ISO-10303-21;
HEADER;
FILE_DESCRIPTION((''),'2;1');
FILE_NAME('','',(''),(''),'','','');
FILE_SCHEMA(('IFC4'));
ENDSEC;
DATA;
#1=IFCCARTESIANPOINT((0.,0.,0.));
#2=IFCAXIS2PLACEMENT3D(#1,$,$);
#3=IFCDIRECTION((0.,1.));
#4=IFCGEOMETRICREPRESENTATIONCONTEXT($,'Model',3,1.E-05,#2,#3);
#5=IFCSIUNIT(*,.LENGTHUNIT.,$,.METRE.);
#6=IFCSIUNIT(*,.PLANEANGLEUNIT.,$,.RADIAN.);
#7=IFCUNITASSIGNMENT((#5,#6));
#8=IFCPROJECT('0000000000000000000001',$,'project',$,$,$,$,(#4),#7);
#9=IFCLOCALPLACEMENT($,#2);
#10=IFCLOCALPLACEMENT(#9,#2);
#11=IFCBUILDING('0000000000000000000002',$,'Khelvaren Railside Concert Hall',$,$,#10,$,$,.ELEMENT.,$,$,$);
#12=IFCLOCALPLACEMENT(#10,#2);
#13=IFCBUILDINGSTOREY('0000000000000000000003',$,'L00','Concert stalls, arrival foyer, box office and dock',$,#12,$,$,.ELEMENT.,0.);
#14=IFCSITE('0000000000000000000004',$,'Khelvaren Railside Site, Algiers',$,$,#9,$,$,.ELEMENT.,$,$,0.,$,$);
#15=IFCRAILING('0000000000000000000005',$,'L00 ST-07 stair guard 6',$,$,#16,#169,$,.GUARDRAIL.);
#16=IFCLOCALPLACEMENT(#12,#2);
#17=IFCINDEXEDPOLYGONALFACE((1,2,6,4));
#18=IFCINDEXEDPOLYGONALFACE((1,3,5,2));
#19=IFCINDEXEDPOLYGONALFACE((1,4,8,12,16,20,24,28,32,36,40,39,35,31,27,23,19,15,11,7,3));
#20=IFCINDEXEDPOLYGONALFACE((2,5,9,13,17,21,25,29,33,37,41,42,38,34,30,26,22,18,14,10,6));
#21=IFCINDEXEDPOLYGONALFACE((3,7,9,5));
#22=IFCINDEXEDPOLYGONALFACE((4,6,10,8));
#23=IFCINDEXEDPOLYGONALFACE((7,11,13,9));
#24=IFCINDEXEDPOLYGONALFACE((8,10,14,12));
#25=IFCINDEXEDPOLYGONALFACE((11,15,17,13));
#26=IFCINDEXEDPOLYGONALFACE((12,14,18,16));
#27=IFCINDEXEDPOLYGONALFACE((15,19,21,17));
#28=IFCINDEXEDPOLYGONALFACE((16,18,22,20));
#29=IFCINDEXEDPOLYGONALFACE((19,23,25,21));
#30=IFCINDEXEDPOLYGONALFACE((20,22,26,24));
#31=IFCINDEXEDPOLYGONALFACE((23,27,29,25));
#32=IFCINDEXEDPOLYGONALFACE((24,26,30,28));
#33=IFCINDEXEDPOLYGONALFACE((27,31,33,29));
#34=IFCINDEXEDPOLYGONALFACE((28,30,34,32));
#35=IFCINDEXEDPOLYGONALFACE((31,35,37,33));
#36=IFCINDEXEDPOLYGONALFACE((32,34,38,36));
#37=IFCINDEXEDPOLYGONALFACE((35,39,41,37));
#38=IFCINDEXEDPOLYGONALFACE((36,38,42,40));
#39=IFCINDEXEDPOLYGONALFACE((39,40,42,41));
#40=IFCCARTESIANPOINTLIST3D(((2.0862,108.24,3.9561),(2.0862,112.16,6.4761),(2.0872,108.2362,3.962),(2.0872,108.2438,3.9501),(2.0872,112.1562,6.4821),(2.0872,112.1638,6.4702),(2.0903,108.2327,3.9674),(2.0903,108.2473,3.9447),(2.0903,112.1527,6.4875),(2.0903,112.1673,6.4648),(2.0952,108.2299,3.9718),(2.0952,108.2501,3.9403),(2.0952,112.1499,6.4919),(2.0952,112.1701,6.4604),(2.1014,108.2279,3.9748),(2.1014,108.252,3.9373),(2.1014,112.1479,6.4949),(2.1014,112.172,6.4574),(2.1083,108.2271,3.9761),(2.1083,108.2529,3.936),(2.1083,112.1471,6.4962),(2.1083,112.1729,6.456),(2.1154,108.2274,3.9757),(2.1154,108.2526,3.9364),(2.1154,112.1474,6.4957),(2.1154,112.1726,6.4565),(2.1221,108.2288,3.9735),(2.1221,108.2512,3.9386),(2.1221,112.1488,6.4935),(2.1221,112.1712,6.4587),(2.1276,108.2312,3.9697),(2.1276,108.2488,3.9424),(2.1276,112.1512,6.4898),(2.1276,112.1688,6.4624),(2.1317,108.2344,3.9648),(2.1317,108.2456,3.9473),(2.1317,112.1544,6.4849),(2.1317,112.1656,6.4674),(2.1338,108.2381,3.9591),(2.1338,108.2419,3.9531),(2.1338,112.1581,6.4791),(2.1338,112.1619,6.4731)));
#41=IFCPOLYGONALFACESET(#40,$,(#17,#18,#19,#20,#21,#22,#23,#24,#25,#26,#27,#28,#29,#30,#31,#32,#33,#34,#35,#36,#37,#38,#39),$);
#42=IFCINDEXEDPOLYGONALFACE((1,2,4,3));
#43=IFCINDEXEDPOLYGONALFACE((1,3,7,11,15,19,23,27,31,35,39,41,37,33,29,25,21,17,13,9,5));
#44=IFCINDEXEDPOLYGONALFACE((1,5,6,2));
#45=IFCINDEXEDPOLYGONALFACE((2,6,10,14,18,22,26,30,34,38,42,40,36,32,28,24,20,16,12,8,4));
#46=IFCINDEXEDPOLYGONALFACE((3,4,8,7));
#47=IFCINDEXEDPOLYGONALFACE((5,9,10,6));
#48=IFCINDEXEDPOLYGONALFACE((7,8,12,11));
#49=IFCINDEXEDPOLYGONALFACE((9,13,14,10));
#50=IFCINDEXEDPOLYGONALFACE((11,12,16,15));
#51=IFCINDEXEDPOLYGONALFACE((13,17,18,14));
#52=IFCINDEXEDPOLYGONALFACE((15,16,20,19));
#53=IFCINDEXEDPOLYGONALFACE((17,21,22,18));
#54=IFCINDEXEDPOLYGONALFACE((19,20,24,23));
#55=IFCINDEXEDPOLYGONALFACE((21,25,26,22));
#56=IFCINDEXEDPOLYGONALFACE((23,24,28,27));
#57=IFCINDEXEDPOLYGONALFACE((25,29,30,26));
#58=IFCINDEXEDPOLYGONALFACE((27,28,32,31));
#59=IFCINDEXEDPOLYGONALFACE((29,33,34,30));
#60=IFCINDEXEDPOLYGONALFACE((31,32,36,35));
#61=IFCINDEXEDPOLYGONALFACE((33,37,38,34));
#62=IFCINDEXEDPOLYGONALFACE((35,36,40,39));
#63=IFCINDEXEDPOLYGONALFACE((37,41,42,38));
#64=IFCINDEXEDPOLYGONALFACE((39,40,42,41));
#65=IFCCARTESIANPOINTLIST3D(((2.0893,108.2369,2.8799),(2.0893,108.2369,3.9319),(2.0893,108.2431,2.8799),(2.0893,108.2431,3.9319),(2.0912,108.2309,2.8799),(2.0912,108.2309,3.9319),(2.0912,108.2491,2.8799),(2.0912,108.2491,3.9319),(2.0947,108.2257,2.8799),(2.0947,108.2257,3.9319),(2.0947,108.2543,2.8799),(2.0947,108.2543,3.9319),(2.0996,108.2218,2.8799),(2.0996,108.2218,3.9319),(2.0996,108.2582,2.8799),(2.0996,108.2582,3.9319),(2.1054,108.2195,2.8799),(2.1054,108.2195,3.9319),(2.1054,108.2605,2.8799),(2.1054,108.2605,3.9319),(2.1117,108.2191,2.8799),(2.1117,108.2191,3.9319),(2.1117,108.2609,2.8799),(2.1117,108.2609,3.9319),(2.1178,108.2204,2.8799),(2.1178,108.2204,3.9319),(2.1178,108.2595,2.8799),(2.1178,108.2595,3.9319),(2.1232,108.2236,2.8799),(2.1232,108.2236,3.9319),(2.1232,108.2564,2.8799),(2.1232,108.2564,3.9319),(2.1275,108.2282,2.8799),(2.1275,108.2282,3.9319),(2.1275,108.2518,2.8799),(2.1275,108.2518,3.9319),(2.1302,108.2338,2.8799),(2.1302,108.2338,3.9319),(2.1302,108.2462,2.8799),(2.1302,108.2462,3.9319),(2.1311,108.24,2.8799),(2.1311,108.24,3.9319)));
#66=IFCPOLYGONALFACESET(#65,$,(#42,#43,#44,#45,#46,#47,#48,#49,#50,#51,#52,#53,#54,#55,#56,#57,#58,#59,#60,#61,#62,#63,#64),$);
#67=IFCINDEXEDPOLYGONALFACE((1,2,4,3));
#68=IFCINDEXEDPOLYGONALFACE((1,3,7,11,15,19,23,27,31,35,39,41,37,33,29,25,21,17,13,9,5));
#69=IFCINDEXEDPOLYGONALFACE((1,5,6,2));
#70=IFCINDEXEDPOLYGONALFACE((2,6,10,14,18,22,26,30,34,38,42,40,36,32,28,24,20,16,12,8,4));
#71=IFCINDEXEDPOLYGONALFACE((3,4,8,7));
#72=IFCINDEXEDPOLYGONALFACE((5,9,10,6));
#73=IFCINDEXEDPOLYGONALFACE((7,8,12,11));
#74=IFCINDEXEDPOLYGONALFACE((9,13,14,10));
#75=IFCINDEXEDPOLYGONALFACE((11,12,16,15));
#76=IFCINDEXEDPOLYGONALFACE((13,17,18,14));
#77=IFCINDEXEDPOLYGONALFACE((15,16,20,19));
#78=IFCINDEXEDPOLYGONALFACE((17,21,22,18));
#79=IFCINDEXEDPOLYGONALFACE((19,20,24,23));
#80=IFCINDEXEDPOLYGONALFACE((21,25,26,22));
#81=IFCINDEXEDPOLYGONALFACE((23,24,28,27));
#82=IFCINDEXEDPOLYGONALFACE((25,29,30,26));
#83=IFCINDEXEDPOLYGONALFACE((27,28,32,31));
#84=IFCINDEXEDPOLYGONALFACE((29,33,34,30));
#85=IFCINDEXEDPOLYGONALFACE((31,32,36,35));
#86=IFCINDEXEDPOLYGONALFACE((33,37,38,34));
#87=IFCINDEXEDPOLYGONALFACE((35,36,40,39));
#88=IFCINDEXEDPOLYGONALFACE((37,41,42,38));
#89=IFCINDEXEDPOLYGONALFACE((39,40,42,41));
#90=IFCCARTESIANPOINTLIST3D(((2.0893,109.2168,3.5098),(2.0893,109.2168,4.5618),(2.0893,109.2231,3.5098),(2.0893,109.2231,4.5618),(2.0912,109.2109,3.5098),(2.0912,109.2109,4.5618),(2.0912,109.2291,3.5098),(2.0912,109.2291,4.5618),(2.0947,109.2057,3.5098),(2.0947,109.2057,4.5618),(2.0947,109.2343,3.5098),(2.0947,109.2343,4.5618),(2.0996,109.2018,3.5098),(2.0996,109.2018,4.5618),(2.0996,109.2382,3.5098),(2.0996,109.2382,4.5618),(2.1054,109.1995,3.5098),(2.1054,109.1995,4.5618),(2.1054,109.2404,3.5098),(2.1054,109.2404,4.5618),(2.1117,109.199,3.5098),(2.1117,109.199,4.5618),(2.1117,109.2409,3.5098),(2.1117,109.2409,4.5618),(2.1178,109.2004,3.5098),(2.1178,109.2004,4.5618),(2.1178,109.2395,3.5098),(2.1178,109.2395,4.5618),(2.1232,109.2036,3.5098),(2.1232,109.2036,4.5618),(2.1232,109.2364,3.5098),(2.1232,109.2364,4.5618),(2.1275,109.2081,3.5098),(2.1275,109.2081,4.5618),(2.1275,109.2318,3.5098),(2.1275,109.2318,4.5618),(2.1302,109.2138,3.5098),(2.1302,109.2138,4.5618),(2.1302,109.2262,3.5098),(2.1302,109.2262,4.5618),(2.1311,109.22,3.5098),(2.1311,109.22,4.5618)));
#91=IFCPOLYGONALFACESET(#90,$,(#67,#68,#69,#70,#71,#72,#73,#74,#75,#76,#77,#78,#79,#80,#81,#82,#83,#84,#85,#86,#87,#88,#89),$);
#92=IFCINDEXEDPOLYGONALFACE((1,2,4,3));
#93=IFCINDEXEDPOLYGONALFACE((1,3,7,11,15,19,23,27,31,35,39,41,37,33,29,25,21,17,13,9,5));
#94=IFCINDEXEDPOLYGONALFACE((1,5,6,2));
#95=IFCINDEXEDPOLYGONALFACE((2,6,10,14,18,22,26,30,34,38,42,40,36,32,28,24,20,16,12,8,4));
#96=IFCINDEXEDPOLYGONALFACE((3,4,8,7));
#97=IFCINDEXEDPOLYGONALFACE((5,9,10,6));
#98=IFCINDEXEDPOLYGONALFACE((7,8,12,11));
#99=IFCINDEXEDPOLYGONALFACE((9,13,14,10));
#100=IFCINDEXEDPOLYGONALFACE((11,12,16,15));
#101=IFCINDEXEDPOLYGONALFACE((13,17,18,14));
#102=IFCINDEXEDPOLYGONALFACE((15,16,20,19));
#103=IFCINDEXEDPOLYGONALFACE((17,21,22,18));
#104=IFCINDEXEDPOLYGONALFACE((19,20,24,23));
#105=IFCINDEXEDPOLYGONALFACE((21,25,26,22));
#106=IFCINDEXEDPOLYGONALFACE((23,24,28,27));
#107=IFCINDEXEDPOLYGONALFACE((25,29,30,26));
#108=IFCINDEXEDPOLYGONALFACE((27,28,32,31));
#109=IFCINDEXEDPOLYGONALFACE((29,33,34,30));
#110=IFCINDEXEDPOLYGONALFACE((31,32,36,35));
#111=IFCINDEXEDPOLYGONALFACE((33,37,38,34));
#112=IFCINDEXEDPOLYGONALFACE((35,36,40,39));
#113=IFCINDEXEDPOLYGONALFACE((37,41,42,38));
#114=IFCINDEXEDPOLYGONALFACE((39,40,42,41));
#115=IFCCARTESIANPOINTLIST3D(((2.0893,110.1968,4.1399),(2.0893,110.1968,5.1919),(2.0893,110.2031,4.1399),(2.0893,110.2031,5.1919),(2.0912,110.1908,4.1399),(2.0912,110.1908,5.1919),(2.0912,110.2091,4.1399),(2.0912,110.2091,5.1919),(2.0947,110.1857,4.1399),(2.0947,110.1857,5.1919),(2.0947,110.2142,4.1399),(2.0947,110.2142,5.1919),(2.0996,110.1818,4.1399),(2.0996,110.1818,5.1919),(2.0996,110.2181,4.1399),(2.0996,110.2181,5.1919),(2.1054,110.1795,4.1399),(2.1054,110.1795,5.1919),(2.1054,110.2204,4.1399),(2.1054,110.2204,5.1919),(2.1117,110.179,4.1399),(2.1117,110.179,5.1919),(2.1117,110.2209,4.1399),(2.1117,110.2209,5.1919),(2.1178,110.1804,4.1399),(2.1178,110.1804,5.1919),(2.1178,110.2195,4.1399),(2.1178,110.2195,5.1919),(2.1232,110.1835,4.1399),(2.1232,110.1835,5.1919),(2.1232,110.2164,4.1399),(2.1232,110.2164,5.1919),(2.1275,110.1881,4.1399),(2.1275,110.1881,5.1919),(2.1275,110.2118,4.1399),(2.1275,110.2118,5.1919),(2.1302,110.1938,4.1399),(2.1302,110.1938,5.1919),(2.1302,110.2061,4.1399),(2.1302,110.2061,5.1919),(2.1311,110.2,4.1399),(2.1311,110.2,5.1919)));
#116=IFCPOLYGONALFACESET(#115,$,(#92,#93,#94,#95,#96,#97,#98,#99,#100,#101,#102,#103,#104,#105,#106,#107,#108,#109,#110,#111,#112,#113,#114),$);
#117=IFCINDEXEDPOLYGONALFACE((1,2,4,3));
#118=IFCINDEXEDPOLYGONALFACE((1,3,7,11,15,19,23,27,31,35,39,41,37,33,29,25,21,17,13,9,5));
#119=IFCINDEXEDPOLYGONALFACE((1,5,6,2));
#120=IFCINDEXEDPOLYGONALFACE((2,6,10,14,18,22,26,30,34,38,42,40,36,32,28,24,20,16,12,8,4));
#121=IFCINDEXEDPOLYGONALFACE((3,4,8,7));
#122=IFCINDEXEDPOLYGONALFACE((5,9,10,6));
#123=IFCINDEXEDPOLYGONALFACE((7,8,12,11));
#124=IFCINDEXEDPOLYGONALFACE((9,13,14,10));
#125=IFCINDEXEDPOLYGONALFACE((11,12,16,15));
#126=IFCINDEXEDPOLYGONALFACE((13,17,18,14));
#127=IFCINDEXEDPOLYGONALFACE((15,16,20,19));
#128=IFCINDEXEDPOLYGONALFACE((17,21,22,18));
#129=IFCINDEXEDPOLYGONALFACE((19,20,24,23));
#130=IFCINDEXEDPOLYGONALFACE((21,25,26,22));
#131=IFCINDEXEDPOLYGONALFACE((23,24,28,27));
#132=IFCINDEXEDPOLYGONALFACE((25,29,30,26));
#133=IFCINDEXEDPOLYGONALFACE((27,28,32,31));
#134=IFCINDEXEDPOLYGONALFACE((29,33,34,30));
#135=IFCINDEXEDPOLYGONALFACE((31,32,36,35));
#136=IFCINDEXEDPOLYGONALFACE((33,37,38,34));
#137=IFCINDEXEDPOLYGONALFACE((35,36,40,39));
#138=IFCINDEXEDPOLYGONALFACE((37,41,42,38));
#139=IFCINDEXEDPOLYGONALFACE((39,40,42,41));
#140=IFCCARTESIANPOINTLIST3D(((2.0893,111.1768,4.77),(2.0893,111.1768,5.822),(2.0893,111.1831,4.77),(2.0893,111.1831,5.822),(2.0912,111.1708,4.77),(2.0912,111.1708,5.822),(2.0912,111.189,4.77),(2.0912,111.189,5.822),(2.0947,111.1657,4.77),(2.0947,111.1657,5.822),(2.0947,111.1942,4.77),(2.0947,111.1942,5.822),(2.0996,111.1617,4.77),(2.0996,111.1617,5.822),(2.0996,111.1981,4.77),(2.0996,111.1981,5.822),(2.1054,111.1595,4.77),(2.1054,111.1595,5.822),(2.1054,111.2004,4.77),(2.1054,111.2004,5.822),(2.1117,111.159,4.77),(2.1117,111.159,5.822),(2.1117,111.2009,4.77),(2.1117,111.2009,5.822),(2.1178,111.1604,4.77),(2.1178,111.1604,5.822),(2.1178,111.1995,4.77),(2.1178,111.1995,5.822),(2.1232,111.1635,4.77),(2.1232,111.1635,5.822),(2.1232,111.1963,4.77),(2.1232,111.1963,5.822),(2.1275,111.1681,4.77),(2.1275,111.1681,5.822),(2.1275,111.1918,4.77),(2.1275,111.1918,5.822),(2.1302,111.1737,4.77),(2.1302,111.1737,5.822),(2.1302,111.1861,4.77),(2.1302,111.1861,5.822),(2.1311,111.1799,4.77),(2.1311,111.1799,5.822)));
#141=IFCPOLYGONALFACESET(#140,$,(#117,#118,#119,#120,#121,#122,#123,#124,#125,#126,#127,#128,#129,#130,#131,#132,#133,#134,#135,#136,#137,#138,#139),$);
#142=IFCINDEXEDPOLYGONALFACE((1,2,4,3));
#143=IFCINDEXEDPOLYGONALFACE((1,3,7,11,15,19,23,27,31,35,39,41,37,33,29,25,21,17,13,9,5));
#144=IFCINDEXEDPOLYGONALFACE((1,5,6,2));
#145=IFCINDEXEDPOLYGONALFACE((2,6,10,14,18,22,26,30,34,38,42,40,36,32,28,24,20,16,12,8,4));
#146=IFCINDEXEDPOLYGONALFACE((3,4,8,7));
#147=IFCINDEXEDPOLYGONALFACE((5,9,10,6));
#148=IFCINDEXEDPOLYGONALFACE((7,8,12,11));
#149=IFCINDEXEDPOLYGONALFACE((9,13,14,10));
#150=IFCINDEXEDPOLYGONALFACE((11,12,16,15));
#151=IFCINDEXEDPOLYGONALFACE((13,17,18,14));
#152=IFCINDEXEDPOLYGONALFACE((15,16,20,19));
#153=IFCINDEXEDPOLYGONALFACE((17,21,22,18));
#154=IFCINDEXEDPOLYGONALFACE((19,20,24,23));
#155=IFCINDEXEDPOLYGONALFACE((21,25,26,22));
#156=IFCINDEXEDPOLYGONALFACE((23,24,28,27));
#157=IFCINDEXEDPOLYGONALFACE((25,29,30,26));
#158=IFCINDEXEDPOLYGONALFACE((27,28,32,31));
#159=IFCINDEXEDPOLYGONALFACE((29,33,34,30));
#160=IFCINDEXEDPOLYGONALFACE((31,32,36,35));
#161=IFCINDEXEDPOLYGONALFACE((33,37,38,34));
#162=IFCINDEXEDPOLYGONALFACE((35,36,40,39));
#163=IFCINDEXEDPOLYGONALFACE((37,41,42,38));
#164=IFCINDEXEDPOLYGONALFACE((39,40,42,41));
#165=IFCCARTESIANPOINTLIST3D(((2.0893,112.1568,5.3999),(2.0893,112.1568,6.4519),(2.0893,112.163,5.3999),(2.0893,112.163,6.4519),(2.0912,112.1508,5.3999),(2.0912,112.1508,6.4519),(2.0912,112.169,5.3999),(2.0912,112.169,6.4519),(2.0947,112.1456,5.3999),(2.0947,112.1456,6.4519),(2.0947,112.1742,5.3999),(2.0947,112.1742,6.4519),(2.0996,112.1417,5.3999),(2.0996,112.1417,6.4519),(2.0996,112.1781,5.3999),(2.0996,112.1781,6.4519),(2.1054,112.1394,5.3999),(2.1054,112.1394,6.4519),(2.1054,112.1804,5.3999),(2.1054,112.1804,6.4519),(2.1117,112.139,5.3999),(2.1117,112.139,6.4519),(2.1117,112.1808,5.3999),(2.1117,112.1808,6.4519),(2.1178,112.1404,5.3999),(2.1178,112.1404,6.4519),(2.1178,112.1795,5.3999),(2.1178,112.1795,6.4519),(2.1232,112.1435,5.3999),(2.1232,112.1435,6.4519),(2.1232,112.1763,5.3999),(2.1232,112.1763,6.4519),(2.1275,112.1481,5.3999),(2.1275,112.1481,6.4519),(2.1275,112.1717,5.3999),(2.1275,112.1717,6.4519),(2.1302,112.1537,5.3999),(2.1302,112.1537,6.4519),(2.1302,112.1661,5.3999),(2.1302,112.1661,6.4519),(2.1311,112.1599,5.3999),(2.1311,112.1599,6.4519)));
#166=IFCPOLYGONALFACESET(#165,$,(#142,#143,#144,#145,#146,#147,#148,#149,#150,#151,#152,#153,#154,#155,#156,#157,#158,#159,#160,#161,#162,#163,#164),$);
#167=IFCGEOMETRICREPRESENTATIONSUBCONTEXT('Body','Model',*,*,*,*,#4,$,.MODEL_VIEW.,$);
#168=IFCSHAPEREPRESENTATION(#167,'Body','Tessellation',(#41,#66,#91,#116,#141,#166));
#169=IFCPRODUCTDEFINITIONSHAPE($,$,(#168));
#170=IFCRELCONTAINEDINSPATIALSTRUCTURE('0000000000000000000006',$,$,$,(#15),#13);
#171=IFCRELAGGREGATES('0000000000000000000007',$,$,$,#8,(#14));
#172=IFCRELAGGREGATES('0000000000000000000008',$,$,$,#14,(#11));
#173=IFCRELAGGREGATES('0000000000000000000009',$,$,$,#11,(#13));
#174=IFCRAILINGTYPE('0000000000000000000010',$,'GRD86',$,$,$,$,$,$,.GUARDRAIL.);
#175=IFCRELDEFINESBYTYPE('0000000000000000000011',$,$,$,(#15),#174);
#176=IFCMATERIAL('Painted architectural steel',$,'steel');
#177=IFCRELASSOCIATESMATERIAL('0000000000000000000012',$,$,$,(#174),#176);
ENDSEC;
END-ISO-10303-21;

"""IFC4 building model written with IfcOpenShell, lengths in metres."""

from ifc_helpers import new_model, si_unit, direction, frame, origin, origin_2d, place, context, subcontext, project, spatial, circle, extrude, material, type_object, element, save


model = new_model("IFC4")

# Units and contexts
model_context = context("Model", 3, precision=1e-05, world=origin(), true_north=direction((0.0, 1.0)))
body_context = subcontext(model_context, "Body", "Model", "MODEL_VIEW")
ifc_project = project(units=[si_unit("LENGTHUNIT", "METRE"), si_unit("PLANEANGLEUNIT", "RADIAN")], contexts=[model_context])

# Site, building, storey
site_placement = place(None, origin())
site = spatial("IfcSite", under=ifc_project, at=site_placement, Name="Khelvaren Railside Site, Algiers", CompositionType="ELEMENT", RefElevation=0.0)
building_placement = place(site_placement, origin())
building = spatial("IfcBuilding", under=site, at=building_placement, Name="Khelvaren Railside Concert Hall", CompositionType="ELEMENT")
storey_placement = place(building_placement, origin())
storey = spatial("IfcBuildingStorey", under=building, at=storey_placement, Name="L00", Description="Concert stalls, arrival foyer, box office and dock", CompositionType="ELEMENT", Elevation=0.0)

# Railing
ifc_material_1 = material(Name="Painted architectural steel", Category="steel")
railing_type_1 = type_object("IfcRailingType", Name="GRD86", PredefinedType="GUARDRAIL", material=ifc_material_1)
railing_1_placement = place(storey_placement, frame((2.1101, 108.24, 2.8799)))
element("IfcRailing", 1, at=railing_1_placement, inside=storey, type_object=railing_type_1, Name="L00 ST-07 stair guard 6", PredefinedType="GUARDRAIL", context=body_context, shape_type="SweptSolid", body=[
    extrude(circle(Radius=0.0239, at=origin_2d()), frame((0.0, 0.0, 1.0762), z_axis=(0.0, 0.841172, 0.540768), x_axis=(-1.0, 0.0, 0.0)), (0.0, 0.0, 1.0), 4.6602),
    extrude(circle(Radius=0.021, at=origin_2d()), origin(), (0.0, 0.0, 1.0), 1.052),
    extrude(circle(Radius=0.021, at=origin_2d()), frame((0.0, 0.98, 0.6299)), (0.0, 0.0, 1.0), 1.052),
    extrude(circle(Radius=0.021, at=origin_2d()), frame((0.0, 1.96, 1.26)), (0.0, 0.0, 1.0), 1.052),
    extrude(circle(Radius=0.021, at=origin_2d()), frame((0.0, 2.9399, 1.8901)), (0.0, 0.0, 1.0), 1.052),
    extrude(circle(Radius=0.021, at=origin_2d()), frame((0.0, 3.9199, 2.52)), (0.0, 0.0, 1.0), 1.052),
])

save(model, "model.ifc")
